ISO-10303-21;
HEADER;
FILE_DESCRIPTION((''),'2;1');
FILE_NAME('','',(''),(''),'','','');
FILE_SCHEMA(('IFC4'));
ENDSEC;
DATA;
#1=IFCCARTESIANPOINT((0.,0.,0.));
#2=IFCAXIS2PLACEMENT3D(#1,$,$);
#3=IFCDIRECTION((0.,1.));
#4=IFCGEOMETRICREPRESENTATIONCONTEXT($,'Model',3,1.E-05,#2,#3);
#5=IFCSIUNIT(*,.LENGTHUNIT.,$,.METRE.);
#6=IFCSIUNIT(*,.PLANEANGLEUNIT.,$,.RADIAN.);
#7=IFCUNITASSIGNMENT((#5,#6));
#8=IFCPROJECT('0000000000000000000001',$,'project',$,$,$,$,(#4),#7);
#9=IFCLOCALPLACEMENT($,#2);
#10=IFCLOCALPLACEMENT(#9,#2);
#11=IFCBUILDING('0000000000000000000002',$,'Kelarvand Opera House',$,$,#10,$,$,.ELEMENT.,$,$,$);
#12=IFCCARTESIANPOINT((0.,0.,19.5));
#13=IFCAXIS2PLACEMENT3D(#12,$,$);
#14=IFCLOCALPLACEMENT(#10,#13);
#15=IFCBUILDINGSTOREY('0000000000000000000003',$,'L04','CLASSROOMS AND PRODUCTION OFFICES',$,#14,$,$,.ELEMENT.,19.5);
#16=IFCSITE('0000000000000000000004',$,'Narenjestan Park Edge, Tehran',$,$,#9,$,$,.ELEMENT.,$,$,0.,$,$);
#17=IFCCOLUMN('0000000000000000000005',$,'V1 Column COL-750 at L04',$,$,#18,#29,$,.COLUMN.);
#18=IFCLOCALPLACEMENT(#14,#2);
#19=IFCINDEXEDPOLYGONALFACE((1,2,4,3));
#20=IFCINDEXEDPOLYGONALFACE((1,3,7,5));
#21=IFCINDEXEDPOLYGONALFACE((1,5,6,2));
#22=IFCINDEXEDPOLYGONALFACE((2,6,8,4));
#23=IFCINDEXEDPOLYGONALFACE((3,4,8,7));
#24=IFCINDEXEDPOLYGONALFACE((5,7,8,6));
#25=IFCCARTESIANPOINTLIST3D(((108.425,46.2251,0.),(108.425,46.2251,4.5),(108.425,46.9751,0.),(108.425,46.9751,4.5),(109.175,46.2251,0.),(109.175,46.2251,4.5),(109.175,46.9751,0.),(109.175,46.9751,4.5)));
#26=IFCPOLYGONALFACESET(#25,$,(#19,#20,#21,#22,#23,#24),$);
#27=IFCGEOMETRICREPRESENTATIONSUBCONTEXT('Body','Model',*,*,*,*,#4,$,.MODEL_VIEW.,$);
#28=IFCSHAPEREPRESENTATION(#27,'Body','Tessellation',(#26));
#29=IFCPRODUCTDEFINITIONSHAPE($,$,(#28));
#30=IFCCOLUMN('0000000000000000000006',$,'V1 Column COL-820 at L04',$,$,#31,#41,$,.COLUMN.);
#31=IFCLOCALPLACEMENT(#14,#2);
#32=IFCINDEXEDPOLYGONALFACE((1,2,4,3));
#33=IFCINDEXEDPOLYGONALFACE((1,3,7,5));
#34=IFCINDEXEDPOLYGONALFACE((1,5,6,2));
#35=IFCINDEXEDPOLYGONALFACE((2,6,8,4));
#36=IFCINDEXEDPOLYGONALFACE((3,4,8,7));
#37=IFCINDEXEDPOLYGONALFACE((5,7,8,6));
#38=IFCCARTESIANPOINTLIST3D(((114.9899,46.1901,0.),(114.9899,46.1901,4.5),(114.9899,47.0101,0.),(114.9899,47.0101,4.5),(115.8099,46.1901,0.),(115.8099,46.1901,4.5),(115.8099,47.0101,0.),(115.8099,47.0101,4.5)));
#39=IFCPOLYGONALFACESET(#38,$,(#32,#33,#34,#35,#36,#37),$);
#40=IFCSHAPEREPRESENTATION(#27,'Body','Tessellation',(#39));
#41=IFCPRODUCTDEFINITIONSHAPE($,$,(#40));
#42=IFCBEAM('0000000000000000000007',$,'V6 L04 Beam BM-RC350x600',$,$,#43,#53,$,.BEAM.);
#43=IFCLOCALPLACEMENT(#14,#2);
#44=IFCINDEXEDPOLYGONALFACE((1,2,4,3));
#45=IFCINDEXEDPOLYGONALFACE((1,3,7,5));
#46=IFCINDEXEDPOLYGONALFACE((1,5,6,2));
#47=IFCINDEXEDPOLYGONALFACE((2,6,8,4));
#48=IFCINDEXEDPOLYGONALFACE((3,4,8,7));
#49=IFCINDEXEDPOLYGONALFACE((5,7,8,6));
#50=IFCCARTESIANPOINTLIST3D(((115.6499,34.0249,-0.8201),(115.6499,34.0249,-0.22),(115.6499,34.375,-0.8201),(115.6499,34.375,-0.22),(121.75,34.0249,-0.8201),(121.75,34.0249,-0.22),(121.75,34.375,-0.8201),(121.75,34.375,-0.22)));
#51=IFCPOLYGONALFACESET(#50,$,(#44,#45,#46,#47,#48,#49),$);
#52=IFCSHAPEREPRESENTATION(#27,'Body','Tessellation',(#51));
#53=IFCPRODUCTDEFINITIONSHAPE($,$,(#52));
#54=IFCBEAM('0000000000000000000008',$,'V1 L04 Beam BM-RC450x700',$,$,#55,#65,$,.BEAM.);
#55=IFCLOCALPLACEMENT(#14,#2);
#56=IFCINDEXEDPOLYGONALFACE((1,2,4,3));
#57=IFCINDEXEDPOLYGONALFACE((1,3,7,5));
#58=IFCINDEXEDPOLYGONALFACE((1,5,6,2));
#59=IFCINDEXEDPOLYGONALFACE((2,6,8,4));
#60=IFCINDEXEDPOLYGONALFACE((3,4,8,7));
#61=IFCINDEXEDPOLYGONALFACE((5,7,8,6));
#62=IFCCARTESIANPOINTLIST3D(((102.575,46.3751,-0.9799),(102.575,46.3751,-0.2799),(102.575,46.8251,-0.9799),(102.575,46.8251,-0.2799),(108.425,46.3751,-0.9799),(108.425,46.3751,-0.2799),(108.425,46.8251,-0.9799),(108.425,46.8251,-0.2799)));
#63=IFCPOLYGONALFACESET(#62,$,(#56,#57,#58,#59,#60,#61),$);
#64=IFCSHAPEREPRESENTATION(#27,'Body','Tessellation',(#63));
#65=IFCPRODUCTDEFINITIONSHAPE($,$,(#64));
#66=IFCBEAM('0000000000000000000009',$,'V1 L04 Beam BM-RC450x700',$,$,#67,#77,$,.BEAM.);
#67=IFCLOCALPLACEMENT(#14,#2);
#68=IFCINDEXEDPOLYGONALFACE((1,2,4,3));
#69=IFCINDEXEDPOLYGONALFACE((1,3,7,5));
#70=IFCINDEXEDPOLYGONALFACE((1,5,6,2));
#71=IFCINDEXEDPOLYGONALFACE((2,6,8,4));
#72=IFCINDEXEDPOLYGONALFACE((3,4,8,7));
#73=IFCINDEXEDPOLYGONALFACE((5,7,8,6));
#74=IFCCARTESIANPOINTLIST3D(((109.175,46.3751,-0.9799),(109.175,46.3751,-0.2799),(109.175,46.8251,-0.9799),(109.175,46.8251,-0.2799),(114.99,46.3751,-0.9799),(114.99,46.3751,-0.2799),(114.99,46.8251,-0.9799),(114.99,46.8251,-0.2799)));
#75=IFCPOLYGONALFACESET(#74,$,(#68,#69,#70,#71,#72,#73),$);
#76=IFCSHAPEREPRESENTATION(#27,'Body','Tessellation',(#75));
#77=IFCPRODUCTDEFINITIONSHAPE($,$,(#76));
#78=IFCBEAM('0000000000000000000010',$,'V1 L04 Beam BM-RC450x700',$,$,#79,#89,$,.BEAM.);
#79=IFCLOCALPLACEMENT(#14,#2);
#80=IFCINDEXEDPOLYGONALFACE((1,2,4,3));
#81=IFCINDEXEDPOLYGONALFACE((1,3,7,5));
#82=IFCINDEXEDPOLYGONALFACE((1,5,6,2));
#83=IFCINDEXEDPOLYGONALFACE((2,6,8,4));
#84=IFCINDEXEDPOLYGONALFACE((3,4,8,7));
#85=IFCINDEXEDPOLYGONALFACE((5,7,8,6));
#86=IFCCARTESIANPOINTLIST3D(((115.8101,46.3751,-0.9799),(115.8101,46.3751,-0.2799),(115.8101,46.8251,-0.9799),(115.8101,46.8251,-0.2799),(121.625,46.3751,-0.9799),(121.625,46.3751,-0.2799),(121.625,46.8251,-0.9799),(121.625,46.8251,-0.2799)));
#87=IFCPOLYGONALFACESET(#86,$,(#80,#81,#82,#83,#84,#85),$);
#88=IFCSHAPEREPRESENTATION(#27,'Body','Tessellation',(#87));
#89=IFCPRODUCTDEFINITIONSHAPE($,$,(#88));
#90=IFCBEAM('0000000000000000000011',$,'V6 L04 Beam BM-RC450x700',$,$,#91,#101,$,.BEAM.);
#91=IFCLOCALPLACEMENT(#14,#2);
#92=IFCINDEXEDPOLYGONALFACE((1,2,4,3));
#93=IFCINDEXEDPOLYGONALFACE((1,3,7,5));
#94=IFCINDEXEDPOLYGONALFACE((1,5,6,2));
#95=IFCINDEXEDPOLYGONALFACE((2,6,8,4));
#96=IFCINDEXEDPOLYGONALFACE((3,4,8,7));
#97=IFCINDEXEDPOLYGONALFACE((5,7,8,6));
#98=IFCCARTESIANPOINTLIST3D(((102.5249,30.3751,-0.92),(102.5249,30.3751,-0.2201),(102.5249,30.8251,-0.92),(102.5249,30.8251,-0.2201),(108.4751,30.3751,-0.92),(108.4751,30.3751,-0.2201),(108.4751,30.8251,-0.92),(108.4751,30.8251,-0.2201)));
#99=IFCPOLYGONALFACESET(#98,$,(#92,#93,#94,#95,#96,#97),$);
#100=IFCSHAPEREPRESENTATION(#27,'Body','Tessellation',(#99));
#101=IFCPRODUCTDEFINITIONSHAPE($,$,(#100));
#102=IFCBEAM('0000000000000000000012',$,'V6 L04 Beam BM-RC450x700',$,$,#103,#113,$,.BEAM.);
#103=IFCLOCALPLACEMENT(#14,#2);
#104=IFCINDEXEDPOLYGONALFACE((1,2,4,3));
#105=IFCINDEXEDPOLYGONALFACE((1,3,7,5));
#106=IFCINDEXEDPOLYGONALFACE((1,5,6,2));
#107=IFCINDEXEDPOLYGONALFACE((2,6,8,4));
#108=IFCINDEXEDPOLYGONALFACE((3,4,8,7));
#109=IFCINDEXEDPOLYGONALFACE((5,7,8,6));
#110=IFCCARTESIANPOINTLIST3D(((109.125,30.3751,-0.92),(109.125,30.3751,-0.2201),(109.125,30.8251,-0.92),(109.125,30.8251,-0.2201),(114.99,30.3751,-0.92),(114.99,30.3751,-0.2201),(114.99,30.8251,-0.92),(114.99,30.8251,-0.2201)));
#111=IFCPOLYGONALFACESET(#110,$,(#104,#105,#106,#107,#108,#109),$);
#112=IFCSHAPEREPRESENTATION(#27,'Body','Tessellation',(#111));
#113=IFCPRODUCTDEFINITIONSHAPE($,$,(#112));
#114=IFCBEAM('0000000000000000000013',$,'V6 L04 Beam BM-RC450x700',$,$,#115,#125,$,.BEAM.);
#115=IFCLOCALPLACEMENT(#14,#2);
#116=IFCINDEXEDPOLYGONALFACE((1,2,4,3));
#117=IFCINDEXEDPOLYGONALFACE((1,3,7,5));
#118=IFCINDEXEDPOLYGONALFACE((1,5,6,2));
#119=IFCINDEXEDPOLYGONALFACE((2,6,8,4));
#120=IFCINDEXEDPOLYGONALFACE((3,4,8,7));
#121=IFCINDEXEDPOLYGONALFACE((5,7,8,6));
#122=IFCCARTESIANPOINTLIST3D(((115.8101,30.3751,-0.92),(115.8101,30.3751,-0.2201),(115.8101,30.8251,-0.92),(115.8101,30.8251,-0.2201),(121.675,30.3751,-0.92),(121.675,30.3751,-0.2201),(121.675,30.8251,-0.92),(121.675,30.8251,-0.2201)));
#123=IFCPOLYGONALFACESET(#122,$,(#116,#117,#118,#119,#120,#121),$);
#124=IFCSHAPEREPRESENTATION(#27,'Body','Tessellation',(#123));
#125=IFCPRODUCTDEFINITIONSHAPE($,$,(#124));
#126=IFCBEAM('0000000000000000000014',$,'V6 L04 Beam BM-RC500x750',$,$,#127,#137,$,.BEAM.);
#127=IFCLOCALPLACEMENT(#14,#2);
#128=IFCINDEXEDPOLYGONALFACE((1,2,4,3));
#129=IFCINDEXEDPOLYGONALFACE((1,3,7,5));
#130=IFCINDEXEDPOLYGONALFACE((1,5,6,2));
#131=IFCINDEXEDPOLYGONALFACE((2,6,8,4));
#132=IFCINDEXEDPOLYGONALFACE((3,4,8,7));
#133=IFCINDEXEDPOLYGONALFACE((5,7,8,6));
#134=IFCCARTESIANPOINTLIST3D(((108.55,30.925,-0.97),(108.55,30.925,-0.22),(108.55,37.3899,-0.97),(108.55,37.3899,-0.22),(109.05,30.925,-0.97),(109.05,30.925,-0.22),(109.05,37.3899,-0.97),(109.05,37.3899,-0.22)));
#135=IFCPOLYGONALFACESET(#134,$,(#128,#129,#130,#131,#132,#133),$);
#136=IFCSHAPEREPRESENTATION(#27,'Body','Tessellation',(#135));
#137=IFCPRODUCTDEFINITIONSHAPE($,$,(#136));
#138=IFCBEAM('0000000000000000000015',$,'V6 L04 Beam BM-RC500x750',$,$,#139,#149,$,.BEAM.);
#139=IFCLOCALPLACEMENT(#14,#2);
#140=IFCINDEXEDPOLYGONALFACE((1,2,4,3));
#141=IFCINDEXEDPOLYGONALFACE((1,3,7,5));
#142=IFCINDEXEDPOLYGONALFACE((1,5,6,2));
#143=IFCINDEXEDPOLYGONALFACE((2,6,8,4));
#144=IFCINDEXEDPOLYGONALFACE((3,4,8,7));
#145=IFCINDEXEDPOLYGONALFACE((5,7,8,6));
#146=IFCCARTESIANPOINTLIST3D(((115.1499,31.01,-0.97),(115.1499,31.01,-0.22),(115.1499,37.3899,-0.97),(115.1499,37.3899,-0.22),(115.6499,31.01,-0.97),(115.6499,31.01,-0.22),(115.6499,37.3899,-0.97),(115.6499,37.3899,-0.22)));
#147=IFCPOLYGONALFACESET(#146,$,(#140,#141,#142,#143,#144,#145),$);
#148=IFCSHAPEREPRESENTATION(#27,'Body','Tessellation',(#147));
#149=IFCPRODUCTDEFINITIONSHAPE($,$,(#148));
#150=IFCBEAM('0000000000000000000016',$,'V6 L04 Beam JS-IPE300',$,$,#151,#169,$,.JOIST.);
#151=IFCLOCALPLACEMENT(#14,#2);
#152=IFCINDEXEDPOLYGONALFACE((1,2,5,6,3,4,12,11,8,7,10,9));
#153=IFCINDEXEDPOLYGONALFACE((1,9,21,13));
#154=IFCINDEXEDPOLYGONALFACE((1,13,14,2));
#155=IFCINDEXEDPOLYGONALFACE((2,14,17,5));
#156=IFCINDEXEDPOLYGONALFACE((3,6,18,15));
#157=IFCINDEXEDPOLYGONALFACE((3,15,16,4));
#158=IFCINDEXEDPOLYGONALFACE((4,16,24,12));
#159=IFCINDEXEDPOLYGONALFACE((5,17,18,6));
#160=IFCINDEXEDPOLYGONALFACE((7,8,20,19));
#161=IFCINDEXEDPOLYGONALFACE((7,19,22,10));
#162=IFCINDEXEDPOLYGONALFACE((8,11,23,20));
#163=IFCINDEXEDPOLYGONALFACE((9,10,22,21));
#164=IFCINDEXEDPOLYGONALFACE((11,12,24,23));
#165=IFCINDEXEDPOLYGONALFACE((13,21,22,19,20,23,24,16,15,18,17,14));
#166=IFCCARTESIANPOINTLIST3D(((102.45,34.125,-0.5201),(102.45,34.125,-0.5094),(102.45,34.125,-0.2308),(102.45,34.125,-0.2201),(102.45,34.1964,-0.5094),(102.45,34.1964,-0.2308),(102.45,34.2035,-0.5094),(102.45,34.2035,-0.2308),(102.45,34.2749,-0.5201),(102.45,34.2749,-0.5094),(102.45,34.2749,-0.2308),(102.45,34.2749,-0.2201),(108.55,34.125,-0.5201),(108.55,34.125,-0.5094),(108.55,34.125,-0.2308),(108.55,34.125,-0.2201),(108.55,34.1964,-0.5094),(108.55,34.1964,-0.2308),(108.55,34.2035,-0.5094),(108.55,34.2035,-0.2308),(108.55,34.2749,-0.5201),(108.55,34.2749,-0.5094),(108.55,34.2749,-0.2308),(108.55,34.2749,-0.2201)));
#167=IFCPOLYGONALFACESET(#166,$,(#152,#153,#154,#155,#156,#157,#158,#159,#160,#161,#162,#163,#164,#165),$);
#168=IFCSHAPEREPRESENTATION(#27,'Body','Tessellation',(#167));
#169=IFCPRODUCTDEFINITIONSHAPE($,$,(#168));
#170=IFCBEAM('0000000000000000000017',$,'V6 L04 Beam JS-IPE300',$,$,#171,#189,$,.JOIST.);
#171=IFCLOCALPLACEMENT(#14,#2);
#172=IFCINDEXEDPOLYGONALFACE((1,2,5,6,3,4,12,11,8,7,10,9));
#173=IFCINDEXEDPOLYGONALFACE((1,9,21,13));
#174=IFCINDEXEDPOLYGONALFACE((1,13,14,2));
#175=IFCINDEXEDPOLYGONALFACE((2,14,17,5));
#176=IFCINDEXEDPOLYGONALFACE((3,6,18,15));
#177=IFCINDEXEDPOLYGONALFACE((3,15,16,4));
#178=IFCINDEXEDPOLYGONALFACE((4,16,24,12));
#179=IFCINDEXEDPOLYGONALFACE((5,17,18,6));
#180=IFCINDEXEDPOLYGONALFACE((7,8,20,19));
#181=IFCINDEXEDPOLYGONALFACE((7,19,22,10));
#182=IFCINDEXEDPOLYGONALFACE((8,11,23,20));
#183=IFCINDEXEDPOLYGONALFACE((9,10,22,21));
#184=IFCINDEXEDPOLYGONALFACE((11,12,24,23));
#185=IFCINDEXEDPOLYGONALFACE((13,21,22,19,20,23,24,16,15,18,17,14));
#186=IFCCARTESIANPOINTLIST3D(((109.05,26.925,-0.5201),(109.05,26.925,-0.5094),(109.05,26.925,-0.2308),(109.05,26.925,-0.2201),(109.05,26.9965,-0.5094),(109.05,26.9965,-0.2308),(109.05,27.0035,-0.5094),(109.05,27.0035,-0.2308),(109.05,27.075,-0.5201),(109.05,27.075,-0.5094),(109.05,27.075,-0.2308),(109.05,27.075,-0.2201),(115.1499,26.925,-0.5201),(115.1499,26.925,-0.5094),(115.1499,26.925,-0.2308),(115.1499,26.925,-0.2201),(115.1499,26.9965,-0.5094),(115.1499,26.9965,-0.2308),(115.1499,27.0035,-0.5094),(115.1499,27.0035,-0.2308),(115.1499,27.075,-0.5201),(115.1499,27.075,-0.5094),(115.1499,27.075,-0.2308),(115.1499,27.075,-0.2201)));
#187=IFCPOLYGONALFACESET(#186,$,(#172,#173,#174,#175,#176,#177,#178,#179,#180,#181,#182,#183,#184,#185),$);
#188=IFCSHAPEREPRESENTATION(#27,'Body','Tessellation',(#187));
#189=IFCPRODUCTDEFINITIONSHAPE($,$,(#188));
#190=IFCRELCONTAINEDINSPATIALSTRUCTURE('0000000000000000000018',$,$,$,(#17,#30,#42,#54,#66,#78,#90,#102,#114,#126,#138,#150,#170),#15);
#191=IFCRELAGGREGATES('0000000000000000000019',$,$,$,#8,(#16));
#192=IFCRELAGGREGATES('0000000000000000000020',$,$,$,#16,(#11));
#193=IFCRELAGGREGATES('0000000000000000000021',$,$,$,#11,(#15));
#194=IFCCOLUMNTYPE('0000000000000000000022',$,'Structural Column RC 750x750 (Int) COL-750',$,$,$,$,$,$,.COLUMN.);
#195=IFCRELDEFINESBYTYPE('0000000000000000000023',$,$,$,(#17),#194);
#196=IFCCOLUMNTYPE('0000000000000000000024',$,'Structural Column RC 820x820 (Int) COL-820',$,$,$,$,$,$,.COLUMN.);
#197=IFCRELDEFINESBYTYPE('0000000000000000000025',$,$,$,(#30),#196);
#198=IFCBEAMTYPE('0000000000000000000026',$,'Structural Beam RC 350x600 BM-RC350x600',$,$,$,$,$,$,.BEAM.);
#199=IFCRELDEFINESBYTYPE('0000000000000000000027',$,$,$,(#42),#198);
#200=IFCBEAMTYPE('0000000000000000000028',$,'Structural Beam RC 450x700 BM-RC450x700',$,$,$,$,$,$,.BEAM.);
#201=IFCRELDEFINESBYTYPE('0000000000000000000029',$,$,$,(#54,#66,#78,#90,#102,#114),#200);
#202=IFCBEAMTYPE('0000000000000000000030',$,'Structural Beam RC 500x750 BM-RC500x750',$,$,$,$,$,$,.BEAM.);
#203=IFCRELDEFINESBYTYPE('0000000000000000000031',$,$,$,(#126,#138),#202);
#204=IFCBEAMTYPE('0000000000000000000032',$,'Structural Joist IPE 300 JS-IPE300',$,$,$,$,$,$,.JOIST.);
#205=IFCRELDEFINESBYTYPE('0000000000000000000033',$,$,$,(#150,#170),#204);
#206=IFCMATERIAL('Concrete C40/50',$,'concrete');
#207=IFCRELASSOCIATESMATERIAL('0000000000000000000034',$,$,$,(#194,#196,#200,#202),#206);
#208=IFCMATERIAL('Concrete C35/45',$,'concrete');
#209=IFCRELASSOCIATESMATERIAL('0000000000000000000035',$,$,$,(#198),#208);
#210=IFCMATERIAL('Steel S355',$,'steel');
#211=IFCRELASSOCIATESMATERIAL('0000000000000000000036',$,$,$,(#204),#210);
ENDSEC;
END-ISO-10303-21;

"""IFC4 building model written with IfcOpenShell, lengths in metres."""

from ifc_helpers import new_model, si_unit, direction, frame, origin, origin_2d, place, context, subcontext, project, spatial, rectangle, i_section, extrude, material, material_profile, profile_set, type_object, element, save


model = new_model("IFC4")

# Units and contexts
model_context = context("Model", 3, precision=1e-05, world=origin(), true_north=direction((0.0, 1.0)))
body_context = subcontext(model_context, "Body", "Model", "MODEL_VIEW")
ifc_project = project(units=[si_unit("LENGTHUNIT", "METRE"), si_unit("PLANEANGLEUNIT", "RADIAN")], contexts=[model_context])

# Site, building, storey
site_placement = place(None, origin())
site = spatial("IfcSite", under=ifc_project, at=site_placement, Name="Narenjestan Park Edge, Tehran", CompositionType="ELEMENT", RefElevation=0.0)
building_placement = place(site_placement, origin())
building = spatial("IfcBuilding", under=site, at=building_placement, Name="Kelarvand Opera House", CompositionType="ELEMENT")
storey_placement = place(building_placement, frame((0.0, 0.0, 19.5)))
storey = spatial("IfcBuildingStorey", under=building, at=storey_placement, Name="L04", Description="CLASSROOMS AND PRODUCTION OFFICES", CompositionType="ELEMENT", Elevation=19.5)

# Columns
ifc_material_1 = material(Name="Concrete C40/50", Category="concrete")
ifc_material_profile_1 = material_profile(ifc_material_1, rectangle(XDim=0.75, YDim=0.75, at=origin_2d()), Name="RC 750x750", Category="concrete")
ifc_profile_set_1 = profile_set([ifc_material_profile_1], Name="Concrete C40/50")
column_type_1 = type_object("IfcColumnType", Name="Structural Column RC 750x750 (Int) COL-750", PredefinedType="COLUMN", material=ifc_profile_set_1)
column_1_placement = place(storey_placement, frame((108.8, 46.6001, 0.0), z_axis=(0.0, 0.0, 1.0), x_axis=(1.0, 0.0, 0.0)))
element("IfcColumn", 1, at=column_1_placement, inside=storey, type_object=column_type_1, Name="V1 Column COL-750 at L04", PredefinedType="COLUMN", context=body_context, shape_type="SweptSolid", body=[
    extrude(rectangle(XDim=0.75, YDim=0.75, at=origin_2d()), origin(), (0.0, 0.0, 1.0), 4.5),
])
ifc_material_profile_2 = material_profile(ifc_material_1, rectangle(XDim=0.8201, YDim=0.8201, at=origin_2d()), Name="RC 820x820", Category="concrete")
ifc_profile_set_2 = profile_set([ifc_material_profile_2], Name="Concrete C40/50")
column_type_2 = type_object("IfcColumnType", Name="Structural Column RC 820x820 (Int) COL-820", PredefinedType="COLUMN", material=ifc_profile_set_2)
column_2_placement = place(storey_placement, frame((115.3999, 46.6001, 0.0), z_axis=(0.0, 0.0, 1.0), x_axis=(1.0, 0.0, 0.0)))
element("IfcColumn", 2, at=column_2_placement, inside=storey, type_object=column_type_2, Name="V1 Column COL-820 at L04", PredefinedType="COLUMN", context=body_context, shape_type="SweptSolid", body=[
    extrude(rectangle(XDim=0.8201, YDim=0.8201, at=origin_2d()), origin(), (0.0, 0.0, 1.0), 4.5),
])

# Beams
ifc_material_2 = material(Name="Concrete C35/45", Category="concrete")
ifc_material_profile_3 = material_profile(ifc_material_2, rectangle(XDim=0.3501, YDim=0.6001, at=origin_2d()), Name="RC 350x600", Category="concrete")
ifc_profile_set_3 = profile_set([ifc_material_profile_3], Name="Concrete C35/45")
beam_type_1 = type_object("IfcBeamType", Name="Structural Beam RC 350x600 BM-RC350x600", PredefinedType="BEAM", material=ifc_profile_set_3)
beam_1_placement = place(storey_placement, frame((115.6499, 34.2, -0.52), z_axis=(1.0, 0.0, 0.0), x_axis=(0.0, 1.0, 0.0)))
element("IfcBeam", 3, at=beam_1_placement, inside=storey, type_object=beam_type_1, Name="V6 L04 Beam BM-RC350x600", PredefinedType="BEAM", context=body_context, shape_type="SweptSolid", body=[
    extrude(rectangle(XDim=0.3501, YDim=0.6001, at=origin_2d()), origin(), (0.0, 0.0, 1.0), 6.1001),
])
ifc_material_profile_4 = material_profile(ifc_material_1, rectangle(XDim=0.45, YDim=0.7, at=origin_2d()), Name="RC 450x700", Category="concrete")
ifc_profile_set_4 = profile_set([ifc_material_profile_4], Name="Concrete C40/50")
beam_type_2 = type_object("IfcBeamType", Name="Structural Beam RC 450x700 BM-RC450x700", PredefinedType="BEAM", material=ifc_profile_set_4)
beam_2_placement = place(storey_placement, frame((102.575, 46.6001, -0.6299), z_axis=(1.0, 0.0, 0.0), x_axis=(0.0, 1.0, 0.0)))
element("IfcBeam", 4, at=beam_2_placement, inside=storey, type_object=beam_type_2, Name="V1 L04 Beam BM-RC450x700", PredefinedType="BEAM", context=body_context, shape_type="SweptSolid", body=[
    extrude(rectangle(XDim=0.45, YDim=0.7, at=origin_2d()), origin(), (0.0, 0.0, 1.0), 5.8501),
])
for number, where, z_axis, x_axis, name in (
    (5, (109.175, 46.6001, -0.6299), (1.0, 0.0, 0.0), (0.0, 1.0, 0.0), "V1 L04 Beam BM-RC450x700"),
    (6, (115.8101, 46.6001, -0.6299), (1.0, 0.0, 0.0), (0.0, 1.0, 0.0), "V1 L04 Beam BM-RC450x700"),
):
    element("IfcBeam", number, at=place(storey_placement, frame(where, z_axis=z_axis, x_axis=x_axis)), inside=storey, type_object=beam_type_2, Name=name, PredefinedType="BEAM", context=body_context, shape_type="SweptSolid", body=[
        extrude(rectangle(XDim=0.45, YDim=0.7, at=origin_2d()), origin(), (0.0, 0.0, 1.0), 5.8149),
    ])
beam_3_placement = place(storey_placement, frame((102.5249, 30.6001, -0.5701), z_axis=(1.0, 0.0, 0.0), x_axis=(0.0, 1.0, 0.0)))
element("IfcBeam", 7, at=beam_3_placement, inside=storey, type_object=beam_type_2, Name="V6 L04 Beam BM-RC450x700", PredefinedType="BEAM", context=body_context, shape_type="SweptSolid", body=[
    extrude(rectangle(XDim=0.45, YDim=0.7, at=origin_2d()), origin(), (0.0, 0.0, 1.0), 5.9502),
])
for number, where, z_axis, x_axis, name in (
    (8, (109.125, 30.6001, -0.5701), (1.0, 0.0, 0.0), (0.0, 1.0, 0.0), "V6 L04 Beam BM-RC450x700"),
    (9, (115.8101, 30.6001, -0.5701), (1.0, 0.0, 0.0), (0.0, 1.0, 0.0), "V6 L04 Beam BM-RC450x700"),
):
    element("IfcBeam", number, at=place(storey_placement, frame(where, z_axis=z_axis, x_axis=x_axis)), inside=storey, type_object=beam_type_2, Name=name, PredefinedType="BEAM", context=body_context, shape_type="SweptSolid", body=[
        extrude(rectangle(XDim=0.45, YDim=0.7, at=origin_2d()), origin(), (0.0, 0.0, 1.0), 5.865),
    ])
ifc_material_profile_5 = material_profile(ifc_material_1, rectangle(XDim=0.5, YDim=0.75, at=origin_2d()), Name="RC 500x750", Category="concrete")
ifc_profile_set_5 = profile_set([ifc_material_profile_5], Name="Concrete C40/50")
beam_type_3 = type_object("IfcBeamType", Name="Structural Beam RC 500x750 BM-RC500x750", PredefinedType="BEAM", material=ifc_profile_set_5)
beam_4_placement = place(storey_placement, frame((108.8, 30.925, -0.595), z_axis=(0.0, 1.0, 0.0), x_axis=(-1.0, 0.0, 0.0)))
element("IfcBeam", 10, at=beam_4_placement, inside=storey, type_object=beam_type_3, Name="V6 L04 Beam BM-RC500x750", PredefinedType="BEAM", context=body_context, shape_type="SweptSolid", body=[
    extrude(rectangle(XDim=0.5, YDim=0.75, at=origin_2d()), origin(), (0.0, 0.0, 1.0), 6.4648),
])
beam_5_placement = place(storey_placement, frame((115.3999, 31.01, -0.595), z_axis=(0.0, 1.0, 0.0), x_axis=(-1.0, 0.0, 0.0)))
element("IfcBeam", 11, at=beam_5_placement, inside=storey, type_object=beam_type_3, Name="V6 L04 Beam BM-RC500x750", PredefinedType="BEAM", context=body_context, shape_type="SweptSolid", body=[
    extrude(rectangle(XDim=0.5, YDim=0.75, at=origin_2d()), origin(), (0.0, 0.0, 1.0), 6.3799),
])
ifc_material_3 = material(Name="Steel S355", Category="steel")
ifc_material_profile_6 = material_profile(ifc_material_3, i_section(OverallWidth=0.1499, OverallDepth=0.3, WebThickness=0.0071, FlangeThickness=0.0107, at=origin_2d()), Name="IPE 300", Category="steel")
ifc_profile_set_6 = profile_set([ifc_material_profile_6], Name="Steel S355")
beam_type_4 = type_object("IfcBeamType", Name="Structural Joist IPE 300 JS-IPE300", PredefinedType="JOIST", material=ifc_profile_set_6)
beam_6_placement = place(storey_placement, frame((102.45, 34.2, -0.3701), z_axis=(1.0, 0.0, 0.0), x_axis=(0.0, 1.0, 0.0)))
element("IfcBeam", 12, at=beam_6_placement, inside=storey, type_object=beam_type_4, Name="V6 L04 Beam JS-IPE300", PredefinedType="JOIST", context=body_context, shape_type="SweptSolid", body=[
    extrude(i_section(OverallWidth=0.1499, OverallDepth=0.3, WebThickness=0.0071, FlangeThickness=0.0107, at=origin_2d()), origin(), (0.0, 0.0, 1.0), 6.1001),
])
beam_7_placement = place(storey_placement, frame((109.05, 27.0, -0.3701), z_axis=(1.0, 0.0, 0.0), x_axis=(0.0, 1.0, 0.0)))
element("IfcBeam", 13, at=beam_7_placement, inside=storey, type_object=beam_type_4, Name="V6 L04 Beam JS-IPE300", PredefinedType="JOIST", context=body_context, shape_type="SweptSolid", body=[
    extrude(i_section(OverallWidth=0.1499, OverallDepth=0.3, WebThickness=0.0071, FlangeThickness=0.0107, at=origin_2d()), origin(), (0.0, 0.0, 1.0), 6.0999),
])

save(model, "model.ifc")
